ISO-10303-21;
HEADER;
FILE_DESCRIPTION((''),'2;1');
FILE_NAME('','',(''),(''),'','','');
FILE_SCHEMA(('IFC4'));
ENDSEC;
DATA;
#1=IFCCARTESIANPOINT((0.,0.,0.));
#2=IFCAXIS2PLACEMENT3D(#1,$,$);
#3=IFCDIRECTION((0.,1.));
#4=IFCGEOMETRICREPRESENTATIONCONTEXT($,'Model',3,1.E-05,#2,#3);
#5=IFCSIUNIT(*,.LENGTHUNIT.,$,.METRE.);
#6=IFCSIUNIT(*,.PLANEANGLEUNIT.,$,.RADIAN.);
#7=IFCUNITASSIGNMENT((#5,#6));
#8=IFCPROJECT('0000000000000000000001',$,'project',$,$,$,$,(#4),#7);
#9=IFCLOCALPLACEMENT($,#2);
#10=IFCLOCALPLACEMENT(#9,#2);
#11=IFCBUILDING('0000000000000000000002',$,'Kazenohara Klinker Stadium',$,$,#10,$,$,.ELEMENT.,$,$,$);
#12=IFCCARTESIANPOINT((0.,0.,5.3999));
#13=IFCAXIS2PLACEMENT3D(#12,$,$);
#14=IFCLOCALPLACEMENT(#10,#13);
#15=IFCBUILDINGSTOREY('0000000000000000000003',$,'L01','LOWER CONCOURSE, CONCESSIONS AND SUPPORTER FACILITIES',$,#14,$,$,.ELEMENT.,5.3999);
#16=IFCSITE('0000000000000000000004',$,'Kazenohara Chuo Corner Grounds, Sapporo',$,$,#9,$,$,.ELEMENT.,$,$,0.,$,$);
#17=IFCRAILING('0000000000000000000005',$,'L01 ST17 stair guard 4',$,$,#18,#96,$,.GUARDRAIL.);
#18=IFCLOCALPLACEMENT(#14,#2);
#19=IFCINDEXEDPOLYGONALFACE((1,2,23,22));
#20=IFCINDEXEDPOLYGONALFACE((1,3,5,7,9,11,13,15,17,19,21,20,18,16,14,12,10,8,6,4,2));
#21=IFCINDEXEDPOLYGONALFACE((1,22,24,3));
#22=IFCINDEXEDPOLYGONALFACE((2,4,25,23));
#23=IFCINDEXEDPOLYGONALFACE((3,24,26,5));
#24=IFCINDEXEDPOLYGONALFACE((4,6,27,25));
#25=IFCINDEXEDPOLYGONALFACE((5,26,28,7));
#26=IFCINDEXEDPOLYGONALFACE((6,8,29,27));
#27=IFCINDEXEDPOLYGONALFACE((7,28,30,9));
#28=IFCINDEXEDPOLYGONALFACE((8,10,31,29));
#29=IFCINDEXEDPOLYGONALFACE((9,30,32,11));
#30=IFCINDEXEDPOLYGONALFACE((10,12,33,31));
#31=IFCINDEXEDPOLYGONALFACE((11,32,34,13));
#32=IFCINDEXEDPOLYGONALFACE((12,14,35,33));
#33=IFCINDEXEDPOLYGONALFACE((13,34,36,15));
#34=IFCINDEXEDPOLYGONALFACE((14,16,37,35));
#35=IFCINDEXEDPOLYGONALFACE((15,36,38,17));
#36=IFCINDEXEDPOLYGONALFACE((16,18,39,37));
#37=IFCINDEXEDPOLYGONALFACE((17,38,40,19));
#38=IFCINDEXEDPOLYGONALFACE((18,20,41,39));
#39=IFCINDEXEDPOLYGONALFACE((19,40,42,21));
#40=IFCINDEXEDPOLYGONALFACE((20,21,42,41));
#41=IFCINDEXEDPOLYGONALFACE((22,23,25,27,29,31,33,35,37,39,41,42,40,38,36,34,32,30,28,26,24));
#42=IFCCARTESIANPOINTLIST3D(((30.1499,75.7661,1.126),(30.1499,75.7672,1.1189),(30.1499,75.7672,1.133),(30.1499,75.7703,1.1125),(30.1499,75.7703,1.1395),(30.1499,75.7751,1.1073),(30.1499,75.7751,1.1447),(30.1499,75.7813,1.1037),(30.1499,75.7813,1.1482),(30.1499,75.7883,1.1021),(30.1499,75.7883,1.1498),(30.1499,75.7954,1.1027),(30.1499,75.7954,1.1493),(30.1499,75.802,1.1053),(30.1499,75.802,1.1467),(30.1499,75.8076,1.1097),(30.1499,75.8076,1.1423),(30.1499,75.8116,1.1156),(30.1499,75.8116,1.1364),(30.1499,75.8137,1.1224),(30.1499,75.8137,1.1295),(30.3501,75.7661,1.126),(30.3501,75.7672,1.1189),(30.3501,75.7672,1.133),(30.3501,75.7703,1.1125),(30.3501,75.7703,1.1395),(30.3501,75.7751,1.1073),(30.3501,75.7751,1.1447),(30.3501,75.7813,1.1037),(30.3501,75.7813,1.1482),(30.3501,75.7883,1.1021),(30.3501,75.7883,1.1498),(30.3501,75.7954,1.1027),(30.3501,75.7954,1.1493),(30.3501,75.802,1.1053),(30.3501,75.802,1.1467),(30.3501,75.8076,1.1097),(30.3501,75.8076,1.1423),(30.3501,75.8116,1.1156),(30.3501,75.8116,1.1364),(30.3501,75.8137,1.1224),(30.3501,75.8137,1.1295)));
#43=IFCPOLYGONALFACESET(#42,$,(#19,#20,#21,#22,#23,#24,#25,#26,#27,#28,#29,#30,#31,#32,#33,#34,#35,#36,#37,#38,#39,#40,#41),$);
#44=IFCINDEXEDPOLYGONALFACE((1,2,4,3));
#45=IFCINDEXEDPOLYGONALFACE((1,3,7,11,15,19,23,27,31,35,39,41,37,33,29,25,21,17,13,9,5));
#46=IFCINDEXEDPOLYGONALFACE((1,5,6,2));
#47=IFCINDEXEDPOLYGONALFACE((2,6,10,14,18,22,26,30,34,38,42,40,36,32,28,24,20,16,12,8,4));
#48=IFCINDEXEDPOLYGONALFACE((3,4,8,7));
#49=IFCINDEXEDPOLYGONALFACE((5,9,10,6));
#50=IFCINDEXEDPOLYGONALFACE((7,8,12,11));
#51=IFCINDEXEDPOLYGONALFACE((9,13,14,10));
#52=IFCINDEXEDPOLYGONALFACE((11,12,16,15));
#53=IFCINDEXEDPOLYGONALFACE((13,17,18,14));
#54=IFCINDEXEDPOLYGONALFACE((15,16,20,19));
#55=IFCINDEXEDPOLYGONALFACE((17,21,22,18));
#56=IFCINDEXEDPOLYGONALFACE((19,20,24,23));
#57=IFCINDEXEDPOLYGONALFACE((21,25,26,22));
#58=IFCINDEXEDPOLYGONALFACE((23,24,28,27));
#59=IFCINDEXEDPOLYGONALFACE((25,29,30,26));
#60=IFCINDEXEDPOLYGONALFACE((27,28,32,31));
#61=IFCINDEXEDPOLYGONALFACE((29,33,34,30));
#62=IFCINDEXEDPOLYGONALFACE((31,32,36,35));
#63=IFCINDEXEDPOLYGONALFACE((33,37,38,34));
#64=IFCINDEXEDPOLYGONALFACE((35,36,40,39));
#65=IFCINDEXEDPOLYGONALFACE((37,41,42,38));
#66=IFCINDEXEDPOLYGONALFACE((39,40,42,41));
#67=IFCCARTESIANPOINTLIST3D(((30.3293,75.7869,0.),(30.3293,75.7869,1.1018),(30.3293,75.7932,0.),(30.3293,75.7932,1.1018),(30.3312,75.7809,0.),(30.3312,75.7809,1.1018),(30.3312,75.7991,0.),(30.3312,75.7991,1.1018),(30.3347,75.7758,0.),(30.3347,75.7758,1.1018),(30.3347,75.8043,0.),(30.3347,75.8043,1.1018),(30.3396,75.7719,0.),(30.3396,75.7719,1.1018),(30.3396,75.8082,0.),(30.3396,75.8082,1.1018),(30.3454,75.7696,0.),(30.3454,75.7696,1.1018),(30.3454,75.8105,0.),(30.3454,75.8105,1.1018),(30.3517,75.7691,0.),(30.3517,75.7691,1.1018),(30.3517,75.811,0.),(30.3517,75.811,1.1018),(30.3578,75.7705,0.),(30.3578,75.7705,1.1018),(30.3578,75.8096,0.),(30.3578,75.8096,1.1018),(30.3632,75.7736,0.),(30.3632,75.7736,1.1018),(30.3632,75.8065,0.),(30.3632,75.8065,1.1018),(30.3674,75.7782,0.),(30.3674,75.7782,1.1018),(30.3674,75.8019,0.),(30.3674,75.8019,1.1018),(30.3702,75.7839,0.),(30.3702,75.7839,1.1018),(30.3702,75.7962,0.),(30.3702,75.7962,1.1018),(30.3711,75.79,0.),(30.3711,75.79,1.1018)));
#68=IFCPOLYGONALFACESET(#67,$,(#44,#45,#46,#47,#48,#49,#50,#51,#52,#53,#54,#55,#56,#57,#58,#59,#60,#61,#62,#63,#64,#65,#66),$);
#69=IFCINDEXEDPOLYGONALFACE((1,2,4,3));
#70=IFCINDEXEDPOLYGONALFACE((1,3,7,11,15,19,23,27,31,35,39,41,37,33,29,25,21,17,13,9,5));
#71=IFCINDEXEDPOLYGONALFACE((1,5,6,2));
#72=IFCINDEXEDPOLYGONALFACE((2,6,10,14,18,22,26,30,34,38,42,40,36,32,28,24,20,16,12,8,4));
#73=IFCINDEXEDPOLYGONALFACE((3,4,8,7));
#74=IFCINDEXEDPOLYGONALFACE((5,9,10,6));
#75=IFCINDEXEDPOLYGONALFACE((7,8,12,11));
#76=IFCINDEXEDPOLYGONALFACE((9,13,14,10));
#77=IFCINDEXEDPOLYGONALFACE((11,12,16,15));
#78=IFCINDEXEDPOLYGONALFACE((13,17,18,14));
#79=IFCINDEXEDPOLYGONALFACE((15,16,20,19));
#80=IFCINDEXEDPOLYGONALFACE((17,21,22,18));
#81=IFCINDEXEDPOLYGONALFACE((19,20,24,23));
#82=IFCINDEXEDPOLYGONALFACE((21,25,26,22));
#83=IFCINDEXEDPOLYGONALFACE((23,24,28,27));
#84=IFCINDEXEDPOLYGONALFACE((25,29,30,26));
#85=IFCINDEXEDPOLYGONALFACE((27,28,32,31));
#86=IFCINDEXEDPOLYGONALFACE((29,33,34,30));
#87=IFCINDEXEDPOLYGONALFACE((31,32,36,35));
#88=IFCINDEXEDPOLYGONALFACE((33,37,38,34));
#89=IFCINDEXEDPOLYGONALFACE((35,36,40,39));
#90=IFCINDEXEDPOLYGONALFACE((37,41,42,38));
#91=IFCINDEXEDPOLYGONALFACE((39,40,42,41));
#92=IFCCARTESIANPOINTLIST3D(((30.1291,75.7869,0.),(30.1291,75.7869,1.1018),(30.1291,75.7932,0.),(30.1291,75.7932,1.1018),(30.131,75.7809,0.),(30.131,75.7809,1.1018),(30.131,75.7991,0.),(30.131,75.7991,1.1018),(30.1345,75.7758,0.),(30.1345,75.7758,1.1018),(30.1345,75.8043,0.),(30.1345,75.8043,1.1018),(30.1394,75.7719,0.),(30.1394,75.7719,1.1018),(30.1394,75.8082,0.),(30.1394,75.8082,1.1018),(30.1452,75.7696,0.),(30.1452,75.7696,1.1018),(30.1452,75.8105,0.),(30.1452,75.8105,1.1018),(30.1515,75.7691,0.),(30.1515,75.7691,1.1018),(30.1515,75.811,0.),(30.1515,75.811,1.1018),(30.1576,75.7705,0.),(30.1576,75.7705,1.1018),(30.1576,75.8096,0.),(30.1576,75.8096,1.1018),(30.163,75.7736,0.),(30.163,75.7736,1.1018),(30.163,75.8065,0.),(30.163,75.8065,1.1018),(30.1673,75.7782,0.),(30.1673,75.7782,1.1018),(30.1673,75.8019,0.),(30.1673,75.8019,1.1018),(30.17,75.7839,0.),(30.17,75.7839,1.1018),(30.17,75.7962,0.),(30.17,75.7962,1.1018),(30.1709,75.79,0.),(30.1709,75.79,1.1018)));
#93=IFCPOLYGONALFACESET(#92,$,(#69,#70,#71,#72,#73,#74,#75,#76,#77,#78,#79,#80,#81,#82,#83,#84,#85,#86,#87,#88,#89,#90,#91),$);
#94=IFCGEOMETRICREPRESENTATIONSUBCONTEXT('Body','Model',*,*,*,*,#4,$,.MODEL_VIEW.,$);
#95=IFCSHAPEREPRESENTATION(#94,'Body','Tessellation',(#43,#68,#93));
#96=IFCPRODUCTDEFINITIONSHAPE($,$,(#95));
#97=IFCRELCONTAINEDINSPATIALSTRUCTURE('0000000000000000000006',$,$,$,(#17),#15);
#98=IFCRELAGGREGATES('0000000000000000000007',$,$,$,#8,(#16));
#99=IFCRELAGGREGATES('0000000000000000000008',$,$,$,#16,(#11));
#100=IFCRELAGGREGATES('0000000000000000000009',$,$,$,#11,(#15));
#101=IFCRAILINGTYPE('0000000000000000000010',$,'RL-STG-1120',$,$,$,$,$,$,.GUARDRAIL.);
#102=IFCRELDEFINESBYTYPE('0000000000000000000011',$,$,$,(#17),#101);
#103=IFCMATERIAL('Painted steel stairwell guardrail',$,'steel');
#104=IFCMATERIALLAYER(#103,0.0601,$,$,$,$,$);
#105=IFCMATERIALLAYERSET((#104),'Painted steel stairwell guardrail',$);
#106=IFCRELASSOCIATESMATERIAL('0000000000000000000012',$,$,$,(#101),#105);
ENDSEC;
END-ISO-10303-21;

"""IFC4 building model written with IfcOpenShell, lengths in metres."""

from ifc_helpers import new_model, si_unit, direction, frame, origin, origin_2d, place, context, subcontext, project, spatial, circle, extrude, material, layer, layer_set, type_object, element, save


model = new_model("IFC4")

# Units and contexts
model_context = context("Model", 3, precision=1e-05, world=origin(), true_north=direction((0.0, 1.0)))
body_context = subcontext(model_context, "Body", "Model", "MODEL_VIEW")
ifc_project = project(units=[si_unit("LENGTHUNIT", "METRE"), si_unit("PLANEANGLEUNIT", "RADIAN")], contexts=[model_context])

# Site, building, storey
site_placement = place(None, origin())
site = spatial("IfcSite", under=ifc_project, at=site_placement, Name="Kazenohara Chuo Corner Grounds, Sapporo", CompositionType="ELEMENT", RefElevation=0.0)
building_placement = place(site_placement, origin())
building = spatial("IfcBuilding", under=site, at=building_placement, Name="Kazenohara Klinker Stadium", CompositionType="ELEMENT")
storey_placement = place(building_placement, frame((0.0, 0.0, 5.3999)))
storey = spatial("IfcBuildingStorey", under=building, at=storey_placement, Name="L01", Description="LOWER CONCOURSE, CONCESSIONS AND SUPPORTER FACILITIES", CompositionType="ELEMENT", Elevation=5.3999)

# Railing
ifc_material_1 = material(Name="Painted steel stairwell guardrail", Category="steel")
ifc_layer_1 = layer(ifc_material_1, 0.0601)
ifc_layer_set_1 = layer_set([ifc_layer_1], Name="Painted steel stairwell guardrail")
railing_type_1 = type_object("IfcRailingType", Name="RL-STG-1120", PredefinedType="GUARDRAIL", material=ifc_layer_set_1)
railing_1_placement = place(storey_placement, frame((30.3501, 75.79, 0.0)))
element("IfcRailing", 1, at=railing_1_placement, inside=storey, type_object=railing_type_1, Name="L01 ST17 stair guard 4", PredefinedType="GUARDRAIL", context=body_context, shape_type="SweptSolid", body=[
    extrude(circle(Radius=0.0239, at=origin_2d()), frame((0.0, 0.0, 1.126), z_axis=(-1.0, 0.0, 0.0), x_axis=(0.0, -1.0, 0.0)), (0.0, 0.0, 1.0), 0.2002),
    extrude(circle(Radius=0.021, at=origin_2d()), origin(), (0.0, 0.0, 1.0), 1.1018),
    extrude(circle(Radius=0.021, at=origin_2d()), frame((-0.2002, 0.0, 0.0)), (0.0, 0.0, 1.0), 1.1018),
])

save(model, "model.ifc")
